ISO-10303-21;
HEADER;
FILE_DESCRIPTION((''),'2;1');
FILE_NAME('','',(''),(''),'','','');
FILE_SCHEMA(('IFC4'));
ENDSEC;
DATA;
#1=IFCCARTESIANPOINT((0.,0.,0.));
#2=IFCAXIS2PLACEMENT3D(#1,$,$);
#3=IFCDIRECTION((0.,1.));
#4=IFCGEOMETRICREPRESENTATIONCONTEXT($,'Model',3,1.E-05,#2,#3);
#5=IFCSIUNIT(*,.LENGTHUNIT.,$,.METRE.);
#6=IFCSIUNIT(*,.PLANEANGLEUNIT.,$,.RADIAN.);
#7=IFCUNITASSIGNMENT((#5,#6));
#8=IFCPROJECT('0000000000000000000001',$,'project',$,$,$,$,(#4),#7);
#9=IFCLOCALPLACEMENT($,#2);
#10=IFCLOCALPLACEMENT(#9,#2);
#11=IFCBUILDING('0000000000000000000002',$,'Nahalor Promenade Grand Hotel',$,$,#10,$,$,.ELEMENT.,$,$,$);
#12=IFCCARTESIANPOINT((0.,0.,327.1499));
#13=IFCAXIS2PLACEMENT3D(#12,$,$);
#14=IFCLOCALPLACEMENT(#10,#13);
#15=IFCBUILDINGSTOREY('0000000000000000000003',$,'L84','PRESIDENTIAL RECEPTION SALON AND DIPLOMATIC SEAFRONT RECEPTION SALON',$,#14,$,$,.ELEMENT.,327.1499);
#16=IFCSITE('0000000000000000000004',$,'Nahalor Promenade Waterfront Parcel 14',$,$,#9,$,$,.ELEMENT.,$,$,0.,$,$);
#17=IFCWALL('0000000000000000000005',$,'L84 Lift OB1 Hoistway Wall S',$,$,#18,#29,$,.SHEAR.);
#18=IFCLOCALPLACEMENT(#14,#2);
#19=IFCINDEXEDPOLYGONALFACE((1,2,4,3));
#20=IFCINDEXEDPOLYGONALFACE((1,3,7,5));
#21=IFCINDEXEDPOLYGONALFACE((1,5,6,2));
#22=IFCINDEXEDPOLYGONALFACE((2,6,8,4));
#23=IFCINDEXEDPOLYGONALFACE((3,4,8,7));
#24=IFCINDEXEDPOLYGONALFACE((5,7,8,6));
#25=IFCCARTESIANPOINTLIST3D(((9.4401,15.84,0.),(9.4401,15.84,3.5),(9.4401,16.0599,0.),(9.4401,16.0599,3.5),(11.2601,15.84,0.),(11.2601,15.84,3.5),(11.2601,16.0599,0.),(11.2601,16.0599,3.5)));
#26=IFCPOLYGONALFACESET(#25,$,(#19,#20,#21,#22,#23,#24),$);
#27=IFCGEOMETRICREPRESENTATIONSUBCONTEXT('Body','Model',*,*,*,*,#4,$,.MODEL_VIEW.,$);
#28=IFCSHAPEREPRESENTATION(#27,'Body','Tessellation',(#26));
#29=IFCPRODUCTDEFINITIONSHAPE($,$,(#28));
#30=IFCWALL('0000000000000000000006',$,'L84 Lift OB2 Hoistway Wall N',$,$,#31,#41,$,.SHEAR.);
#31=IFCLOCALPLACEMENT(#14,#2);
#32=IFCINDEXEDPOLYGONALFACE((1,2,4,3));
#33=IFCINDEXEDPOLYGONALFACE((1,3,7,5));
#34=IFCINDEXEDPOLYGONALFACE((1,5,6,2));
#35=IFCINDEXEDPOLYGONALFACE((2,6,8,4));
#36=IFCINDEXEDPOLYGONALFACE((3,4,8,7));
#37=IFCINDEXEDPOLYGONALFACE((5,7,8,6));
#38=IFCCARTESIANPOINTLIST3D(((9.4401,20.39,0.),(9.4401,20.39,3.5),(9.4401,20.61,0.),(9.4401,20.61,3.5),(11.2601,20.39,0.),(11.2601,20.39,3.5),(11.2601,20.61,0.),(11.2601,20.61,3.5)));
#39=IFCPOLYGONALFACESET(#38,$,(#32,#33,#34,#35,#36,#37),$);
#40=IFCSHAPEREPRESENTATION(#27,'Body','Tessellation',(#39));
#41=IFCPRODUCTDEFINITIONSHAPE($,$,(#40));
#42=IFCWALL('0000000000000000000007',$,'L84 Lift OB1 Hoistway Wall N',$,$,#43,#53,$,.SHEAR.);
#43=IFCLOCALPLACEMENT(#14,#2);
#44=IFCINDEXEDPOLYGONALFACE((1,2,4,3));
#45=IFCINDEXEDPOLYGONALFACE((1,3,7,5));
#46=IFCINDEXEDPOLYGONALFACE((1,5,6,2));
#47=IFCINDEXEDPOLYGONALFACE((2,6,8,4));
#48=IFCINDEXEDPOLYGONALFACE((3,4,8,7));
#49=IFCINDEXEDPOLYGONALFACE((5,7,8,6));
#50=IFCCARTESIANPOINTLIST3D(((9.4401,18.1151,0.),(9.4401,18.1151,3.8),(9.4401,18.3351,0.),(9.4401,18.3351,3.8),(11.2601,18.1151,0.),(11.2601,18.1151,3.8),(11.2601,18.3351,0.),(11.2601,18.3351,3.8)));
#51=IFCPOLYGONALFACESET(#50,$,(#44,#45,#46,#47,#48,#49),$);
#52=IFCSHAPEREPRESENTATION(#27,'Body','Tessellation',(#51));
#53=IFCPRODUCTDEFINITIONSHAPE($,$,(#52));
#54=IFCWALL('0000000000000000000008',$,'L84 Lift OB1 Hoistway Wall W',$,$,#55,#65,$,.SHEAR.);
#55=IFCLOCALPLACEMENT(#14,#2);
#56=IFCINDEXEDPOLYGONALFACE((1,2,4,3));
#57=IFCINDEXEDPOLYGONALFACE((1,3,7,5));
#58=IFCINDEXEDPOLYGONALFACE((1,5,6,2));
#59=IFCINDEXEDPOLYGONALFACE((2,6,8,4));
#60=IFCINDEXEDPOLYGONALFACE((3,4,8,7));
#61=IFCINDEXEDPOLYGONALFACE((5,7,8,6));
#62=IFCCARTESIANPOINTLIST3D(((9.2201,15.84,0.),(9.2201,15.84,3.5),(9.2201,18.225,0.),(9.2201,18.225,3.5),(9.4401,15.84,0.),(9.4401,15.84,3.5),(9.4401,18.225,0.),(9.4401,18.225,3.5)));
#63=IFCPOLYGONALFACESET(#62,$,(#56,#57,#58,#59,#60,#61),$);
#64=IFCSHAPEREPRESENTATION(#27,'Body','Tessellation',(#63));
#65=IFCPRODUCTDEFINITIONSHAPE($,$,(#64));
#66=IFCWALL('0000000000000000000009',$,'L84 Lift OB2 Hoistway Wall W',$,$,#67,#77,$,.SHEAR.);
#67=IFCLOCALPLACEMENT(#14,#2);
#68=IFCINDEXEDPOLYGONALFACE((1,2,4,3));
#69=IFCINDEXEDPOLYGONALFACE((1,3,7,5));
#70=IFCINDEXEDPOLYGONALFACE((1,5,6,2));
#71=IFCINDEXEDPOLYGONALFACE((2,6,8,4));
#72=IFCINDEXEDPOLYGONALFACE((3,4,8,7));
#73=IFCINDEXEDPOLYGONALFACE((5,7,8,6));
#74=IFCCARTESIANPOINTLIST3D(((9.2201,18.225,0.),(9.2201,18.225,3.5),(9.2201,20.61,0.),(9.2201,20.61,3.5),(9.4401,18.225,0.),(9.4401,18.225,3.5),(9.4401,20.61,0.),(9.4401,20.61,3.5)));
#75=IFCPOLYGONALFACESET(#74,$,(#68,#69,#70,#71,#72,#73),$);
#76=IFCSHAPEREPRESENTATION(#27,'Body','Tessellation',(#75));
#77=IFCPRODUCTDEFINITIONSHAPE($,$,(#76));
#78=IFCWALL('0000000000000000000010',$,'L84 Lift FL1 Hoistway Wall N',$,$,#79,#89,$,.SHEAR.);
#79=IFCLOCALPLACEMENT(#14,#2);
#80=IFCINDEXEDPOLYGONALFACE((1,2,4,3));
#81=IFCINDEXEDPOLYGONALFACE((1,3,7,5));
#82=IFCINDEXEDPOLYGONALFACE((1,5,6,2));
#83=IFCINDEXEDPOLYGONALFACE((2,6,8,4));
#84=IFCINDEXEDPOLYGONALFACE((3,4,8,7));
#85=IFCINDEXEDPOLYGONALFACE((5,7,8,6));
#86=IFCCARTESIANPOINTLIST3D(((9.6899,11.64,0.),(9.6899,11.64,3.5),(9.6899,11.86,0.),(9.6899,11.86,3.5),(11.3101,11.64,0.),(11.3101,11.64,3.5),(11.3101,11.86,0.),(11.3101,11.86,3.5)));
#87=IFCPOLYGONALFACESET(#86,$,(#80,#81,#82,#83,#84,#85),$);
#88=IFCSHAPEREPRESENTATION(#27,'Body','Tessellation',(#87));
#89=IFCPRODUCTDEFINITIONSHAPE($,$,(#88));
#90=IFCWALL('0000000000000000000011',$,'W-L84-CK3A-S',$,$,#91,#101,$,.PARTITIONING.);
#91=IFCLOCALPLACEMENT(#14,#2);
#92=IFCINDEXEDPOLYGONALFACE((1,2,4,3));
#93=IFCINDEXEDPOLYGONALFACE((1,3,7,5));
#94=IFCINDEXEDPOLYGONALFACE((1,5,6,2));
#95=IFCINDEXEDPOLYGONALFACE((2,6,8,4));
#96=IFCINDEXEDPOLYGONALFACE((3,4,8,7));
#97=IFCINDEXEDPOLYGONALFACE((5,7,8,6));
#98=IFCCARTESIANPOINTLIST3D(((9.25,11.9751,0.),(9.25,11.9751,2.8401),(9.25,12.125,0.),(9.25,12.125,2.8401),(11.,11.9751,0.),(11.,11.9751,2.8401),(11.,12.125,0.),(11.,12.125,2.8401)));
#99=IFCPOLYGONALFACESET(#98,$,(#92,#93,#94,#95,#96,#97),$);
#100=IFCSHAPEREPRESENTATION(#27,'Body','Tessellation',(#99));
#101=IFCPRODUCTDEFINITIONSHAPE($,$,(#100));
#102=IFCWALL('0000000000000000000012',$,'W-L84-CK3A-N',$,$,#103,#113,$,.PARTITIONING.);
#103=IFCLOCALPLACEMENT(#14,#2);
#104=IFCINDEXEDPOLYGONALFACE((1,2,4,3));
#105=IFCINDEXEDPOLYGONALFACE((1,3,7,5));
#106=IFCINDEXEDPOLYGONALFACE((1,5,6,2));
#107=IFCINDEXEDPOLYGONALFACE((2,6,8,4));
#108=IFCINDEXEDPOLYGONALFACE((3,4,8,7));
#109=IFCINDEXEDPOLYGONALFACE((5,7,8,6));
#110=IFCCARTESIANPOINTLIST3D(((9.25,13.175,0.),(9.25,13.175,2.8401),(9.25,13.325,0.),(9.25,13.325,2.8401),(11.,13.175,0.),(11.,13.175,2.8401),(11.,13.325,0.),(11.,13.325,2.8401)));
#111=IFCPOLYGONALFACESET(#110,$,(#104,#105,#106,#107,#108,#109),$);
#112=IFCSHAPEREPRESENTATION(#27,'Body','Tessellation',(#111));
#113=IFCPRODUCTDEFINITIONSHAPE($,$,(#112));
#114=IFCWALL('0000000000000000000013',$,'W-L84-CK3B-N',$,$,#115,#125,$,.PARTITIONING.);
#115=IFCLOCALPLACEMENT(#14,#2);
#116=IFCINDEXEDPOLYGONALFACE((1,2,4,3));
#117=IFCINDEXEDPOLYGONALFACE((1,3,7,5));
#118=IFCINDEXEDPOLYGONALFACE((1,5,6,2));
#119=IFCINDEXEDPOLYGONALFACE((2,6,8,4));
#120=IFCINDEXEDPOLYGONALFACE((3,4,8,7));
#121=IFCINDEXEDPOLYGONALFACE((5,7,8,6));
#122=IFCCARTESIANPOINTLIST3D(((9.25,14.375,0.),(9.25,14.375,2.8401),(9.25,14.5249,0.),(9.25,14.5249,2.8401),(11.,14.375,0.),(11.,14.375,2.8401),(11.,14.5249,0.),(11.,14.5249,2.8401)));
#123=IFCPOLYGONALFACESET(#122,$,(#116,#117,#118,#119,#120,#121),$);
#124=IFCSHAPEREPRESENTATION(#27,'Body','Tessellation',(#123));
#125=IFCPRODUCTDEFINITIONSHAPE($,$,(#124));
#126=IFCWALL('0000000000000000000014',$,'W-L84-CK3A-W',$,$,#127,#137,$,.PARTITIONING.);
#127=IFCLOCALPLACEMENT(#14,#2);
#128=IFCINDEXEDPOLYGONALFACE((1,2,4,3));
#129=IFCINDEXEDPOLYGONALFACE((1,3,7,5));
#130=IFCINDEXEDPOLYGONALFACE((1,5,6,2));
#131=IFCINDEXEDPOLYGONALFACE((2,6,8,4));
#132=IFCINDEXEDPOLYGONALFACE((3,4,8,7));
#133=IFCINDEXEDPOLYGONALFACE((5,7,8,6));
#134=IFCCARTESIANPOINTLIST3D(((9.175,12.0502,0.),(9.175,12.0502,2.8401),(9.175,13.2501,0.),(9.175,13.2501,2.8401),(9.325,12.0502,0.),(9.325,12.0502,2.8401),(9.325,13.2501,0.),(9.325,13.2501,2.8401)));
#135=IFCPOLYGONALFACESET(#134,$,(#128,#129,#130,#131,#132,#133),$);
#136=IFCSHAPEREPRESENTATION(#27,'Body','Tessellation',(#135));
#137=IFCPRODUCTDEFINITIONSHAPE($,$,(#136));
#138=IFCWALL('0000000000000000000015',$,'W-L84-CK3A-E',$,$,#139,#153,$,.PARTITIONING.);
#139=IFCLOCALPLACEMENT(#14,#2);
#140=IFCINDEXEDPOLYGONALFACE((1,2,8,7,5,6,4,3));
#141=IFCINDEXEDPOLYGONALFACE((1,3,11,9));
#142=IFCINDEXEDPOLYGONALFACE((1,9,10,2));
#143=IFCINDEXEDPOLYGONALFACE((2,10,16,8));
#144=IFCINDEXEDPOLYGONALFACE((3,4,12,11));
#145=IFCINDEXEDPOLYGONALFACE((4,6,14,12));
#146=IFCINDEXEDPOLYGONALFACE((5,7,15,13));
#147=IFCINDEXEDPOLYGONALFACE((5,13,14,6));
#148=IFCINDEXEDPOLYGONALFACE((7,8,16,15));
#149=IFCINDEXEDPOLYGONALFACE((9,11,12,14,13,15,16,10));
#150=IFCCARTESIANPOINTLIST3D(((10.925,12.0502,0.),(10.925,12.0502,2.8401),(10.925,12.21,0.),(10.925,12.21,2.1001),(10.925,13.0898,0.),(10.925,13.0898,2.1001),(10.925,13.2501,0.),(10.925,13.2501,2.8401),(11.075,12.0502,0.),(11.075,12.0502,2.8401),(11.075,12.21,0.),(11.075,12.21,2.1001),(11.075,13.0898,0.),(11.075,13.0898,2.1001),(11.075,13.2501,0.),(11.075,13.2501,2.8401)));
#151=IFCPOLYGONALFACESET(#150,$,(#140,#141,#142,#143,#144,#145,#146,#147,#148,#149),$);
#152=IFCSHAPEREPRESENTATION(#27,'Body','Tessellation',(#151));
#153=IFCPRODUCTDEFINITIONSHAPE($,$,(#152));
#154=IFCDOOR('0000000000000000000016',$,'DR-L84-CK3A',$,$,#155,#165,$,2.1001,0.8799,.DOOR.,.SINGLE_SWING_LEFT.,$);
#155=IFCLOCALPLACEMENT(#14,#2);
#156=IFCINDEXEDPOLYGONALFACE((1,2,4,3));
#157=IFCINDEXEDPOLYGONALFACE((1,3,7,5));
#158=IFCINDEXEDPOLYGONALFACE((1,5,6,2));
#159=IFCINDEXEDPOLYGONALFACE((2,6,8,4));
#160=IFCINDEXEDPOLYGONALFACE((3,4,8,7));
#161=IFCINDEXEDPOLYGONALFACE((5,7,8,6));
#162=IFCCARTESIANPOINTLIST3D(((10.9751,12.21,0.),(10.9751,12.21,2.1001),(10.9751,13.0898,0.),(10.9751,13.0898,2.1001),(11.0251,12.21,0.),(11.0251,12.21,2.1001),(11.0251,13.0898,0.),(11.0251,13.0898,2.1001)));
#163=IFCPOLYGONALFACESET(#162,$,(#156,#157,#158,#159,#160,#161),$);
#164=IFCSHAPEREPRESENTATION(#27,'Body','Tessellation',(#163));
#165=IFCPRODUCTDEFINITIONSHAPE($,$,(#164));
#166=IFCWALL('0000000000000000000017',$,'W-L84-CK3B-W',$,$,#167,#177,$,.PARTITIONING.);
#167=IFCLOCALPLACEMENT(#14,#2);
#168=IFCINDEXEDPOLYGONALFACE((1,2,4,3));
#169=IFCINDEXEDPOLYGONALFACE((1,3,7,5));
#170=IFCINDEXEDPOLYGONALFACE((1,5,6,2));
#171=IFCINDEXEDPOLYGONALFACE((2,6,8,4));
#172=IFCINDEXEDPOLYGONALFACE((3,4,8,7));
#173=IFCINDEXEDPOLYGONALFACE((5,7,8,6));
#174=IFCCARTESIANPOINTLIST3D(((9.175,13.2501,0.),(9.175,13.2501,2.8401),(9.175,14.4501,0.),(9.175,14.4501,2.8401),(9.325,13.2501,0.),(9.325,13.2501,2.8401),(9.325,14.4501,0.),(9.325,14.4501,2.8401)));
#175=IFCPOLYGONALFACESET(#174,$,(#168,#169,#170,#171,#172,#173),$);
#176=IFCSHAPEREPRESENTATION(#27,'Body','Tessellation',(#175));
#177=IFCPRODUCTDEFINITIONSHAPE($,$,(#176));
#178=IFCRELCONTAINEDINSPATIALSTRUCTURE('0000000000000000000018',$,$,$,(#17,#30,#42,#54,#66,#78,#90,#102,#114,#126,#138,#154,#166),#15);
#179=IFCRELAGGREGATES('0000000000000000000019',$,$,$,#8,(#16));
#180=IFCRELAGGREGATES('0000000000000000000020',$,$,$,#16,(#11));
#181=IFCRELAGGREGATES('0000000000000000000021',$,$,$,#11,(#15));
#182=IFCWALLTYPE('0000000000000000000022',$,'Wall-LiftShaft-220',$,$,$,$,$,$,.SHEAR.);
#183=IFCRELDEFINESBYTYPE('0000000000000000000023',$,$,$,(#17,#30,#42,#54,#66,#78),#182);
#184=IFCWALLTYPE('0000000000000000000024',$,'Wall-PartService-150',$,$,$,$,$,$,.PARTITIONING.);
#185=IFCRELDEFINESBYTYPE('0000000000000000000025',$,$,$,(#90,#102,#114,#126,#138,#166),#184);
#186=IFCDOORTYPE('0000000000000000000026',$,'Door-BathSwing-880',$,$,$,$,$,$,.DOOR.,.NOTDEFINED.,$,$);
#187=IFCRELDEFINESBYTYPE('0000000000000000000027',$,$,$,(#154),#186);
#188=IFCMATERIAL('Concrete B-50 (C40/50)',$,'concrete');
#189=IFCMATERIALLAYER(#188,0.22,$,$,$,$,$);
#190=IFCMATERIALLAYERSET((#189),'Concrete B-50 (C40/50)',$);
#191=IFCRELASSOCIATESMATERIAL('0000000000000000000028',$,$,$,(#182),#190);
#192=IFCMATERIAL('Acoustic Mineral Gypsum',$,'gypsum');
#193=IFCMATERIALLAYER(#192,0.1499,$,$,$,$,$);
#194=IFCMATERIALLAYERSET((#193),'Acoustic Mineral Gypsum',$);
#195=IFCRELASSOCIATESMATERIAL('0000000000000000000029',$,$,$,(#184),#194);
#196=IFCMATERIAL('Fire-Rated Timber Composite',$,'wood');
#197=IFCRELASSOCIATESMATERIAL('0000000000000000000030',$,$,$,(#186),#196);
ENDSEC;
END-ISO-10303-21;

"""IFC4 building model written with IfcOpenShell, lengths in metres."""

from ifc_helpers import new_model, si_unit, direction, frame, frame_2d, origin, place, context, subcontext, project, spatial, rectangle, extrude, source, transform, mapped, material, layer, layer_set, type_object, element, fill, save


model = new_model("IFC4")

# Units and contexts
model_context = context("Model", 3, precision=1e-05, world=origin(), true_north=direction((0.0, 1.0)))
body_context = subcontext(model_context, "Body", "Model", "MODEL_VIEW")
ifc_project = project(units=[si_unit("LENGTHUNIT", "METRE"), si_unit("PLANEANGLEUNIT", "RADIAN")], contexts=[model_context])

# Site, building, storey
site_placement = place(None, origin())
site = spatial("IfcSite", under=ifc_project, at=site_placement, Name="Nahalor Promenade Waterfront Parcel 14", CompositionType="ELEMENT", RefElevation=0.0)
building_placement = place(site_placement, origin())
building = spatial("IfcBuilding", under=site, at=building_placement, Name="Nahalor Promenade Grand Hotel", CompositionType="ELEMENT")
storey_placement = place(building_placement, frame((0.0, 0.0, 327.1499)))
storey = spatial("IfcBuildingStorey", under=building, at=storey_placement, Name="L84", Description="PRESIDENTIAL RECEPTION SALON AND DIPLOMATIC SEAFRONT RECEPTION SALON", CompositionType="ELEMENT", Elevation=327.1499)

# Shared definitions
ifc_material_1 = material(Name="Concrete B-50 (C40/50)", Category="concrete")

# Walls
ifc_layer_1 = layer(ifc_material_1, 0.22)
ifc_layer_set_1 = layer_set([ifc_layer_1], Name="Concrete B-50 (C40/50)")
wall_type_1 = type_object("IfcWallType", Name="Wall-LiftShaft-220", PredefinedType="SHEAR", material=ifc_layer_set_1)
shared_shape_1 = source(origin(), body_context, "Body", "SweptSolid", [
    extrude(rectangle(XDim=1.8201, YDim=0.22, at=frame_2d((0.9102, 0.0))), origin(), (0.0, 0.0, 1.0), 3.5),
])
for number, where, z_axis, x_axis, name in (
    (1, (9.4399, 15.95, 0.0), (0.0, 0.0, 1.0), (1.0, 0.0, 0.0), "L84 Lift OB1 Hoistway Wall S"),
    (2, (9.4399, 20.5, 0.0), (0.0, 0.0, 1.0), (1.0, 0.0, 0.0), "L84 Lift OB2 Hoistway Wall N"),
):
    element("IfcWall", number, at=place(storey_placement, frame(where, z_axis=z_axis, x_axis=x_axis)), inside=storey, type_object=wall_type_1, Name=name, PredefinedType="SHEAR", context=body_context, shape_type="MappedRepresentation", body=[
        mapped(shared_shape_1, transform((0.0, 0.0, 0.0), scale=1.0)),
    ])
shared_shape_2 = source(origin(), body_context, "Body", "SweptSolid", [
    extrude(rectangle(XDim=1.8201, YDim=0.22, at=frame_2d((0.9102, 0.0))), origin(), (0.0, 0.0, 1.0), 3.8),
])
wall_1_placement = place(storey_placement, frame((9.4399, 18.2251, 0.0), z_axis=(0.0, 0.0, 1.0), x_axis=(1.0, 0.0, 0.0)))
element("IfcWall", 3, at=wall_1_placement, inside=storey, type_object=wall_type_1, Name="L84 Lift OB1 Hoistway Wall N", PredefinedType="SHEAR", context=body_context, shape_type="MappedRepresentation", body=[
    mapped(shared_shape_2, transform((0.0, 0.0, 0.0), scale=1.0)),
])
shared_shape_3 = source(origin(), body_context, "Body", "SweptSolid", [
    extrude(rectangle(XDim=2.385, YDim=0.22, at=frame_2d((1.1924, 0.0))), origin(), (0.0, 0.0, 1.0), 3.5),
])
for number, where, z_axis, x_axis, name in (
    (4, (9.3301, 15.8401, 0.0), (0.0, 0.0, 1.0), (0.0, 1.0, 0.0), "L84 Lift OB1 Hoistway Wall W"),
    (5, (9.3301, 18.2251, 0.0), (0.0, 0.0, 1.0), (0.0, 1.0, 0.0), "L84 Lift OB2 Hoistway Wall W"),
):
    element("IfcWall", number, at=place(storey_placement, frame(where, z_axis=z_axis, x_axis=x_axis)), inside=storey, type_object=wall_type_1, Name=name, PredefinedType="SHEAR", context=body_context, shape_type="MappedRepresentation", body=[
        mapped(shared_shape_3, transform((0.0, 0.0, 0.0), scale=1.0)),
    ])
shared_shape_4 = source(origin(), body_context, "Body", "SweptSolid", [
    extrude(rectangle(XDim=1.6201, YDim=0.22, at=frame_2d((0.8101, 0.0))), origin(), (0.0, 0.0, 1.0), 3.5),
])
wall_2_placement = place(storey_placement, frame((9.6899, 11.75, 0.0), z_axis=(0.0, 0.0, 1.0), x_axis=(1.0, 0.0, 0.0)))
element("IfcWall", 6, at=wall_2_placement, inside=storey, type_object=wall_type_1, Name="L84 Lift FL1 Hoistway Wall N", PredefinedType="SHEAR", context=body_context, shape_type="MappedRepresentation", body=[
    mapped(shared_shape_4, transform((0.0, 0.0, 0.0), scale=1.0)),
])
ifc_material_2 = material(Name="Acoustic Mineral Gypsum", Category="gypsum")
ifc_layer_2 = layer(ifc_material_2, 0.1499)
ifc_layer_set_2 = layer_set([ifc_layer_2], Name="Acoustic Mineral Gypsum")
wall_type_2 = type_object("IfcWallType", Name="Wall-PartService-150", PredefinedType="PARTITIONING", material=ifc_layer_set_2)
shared_shape_5 = source(origin(), body_context, "Body", "SweptSolid", [
    extrude(rectangle(XDim=1.75, YDim=0.1499, at=frame_2d((0.875, 0.0))), origin(), (0.0, 0.0, 1.0), 2.8401),
])
for number, where, z_axis, x_axis, name in (
    (7, (9.25, 12.05, 0.0), (0.0, 0.0, 1.0), (1.0, 0.0, 0.0), "W-L84-CK3A-S"),
    (8, (9.25, 13.25, 0.0), (0.0, 0.0, 1.0), (1.0, 0.0, 0.0), "W-L84-CK3A-N"),
    (9, (9.25, 14.45, 0.0), (0.0, 0.0, 1.0), (1.0, 0.0, 0.0), "W-L84-CK3B-N"),
):
    element("IfcWall", number, at=place(storey_placement, frame(where, z_axis=z_axis, x_axis=x_axis)), inside=storey, type_object=wall_type_2, Name=name, PredefinedType="PARTITIONING", context=body_context, shape_type="MappedRepresentation", body=[
        mapped(shared_shape_5, transform((0.0, 0.0, 0.0), scale=1.0)),
    ])
shared_shape_6 = source(origin(), body_context, "Body", "SweptSolid", [
    extrude(rectangle(XDim=1.2, YDim=0.1499, at=frame_2d((0.6001, 0.0))), origin(), (0.0, 0.0, 1.0), 2.8401),
])
wall_3_placement = place(storey_placement, frame((9.25, 12.05, 0.0), z_axis=(0.0, 0.0, 1.0), x_axis=(0.0, 1.0, 0.0)))
element("IfcWall", 10, at=wall_3_placement, inside=storey, type_object=wall_type_2, Name="W-L84-CK3A-W", PredefinedType="PARTITIONING", context=body_context, shape_type="MappedRepresentation", body=[
    mapped(shared_shape_6, transform((0.0, 0.0, 0.0), scale=1.0)),
])

# Wall, opening, door
wall_4_placement = place(storey_placement, frame((11.0, 12.05, 0.0), z_axis=(0.0, 0.0, 1.0), x_axis=(0.0, 1.0, 0.0)))
wall_4 = element("IfcWall", 11, at=wall_4_placement, inside=storey, type_object=wall_type_2, Name="W-L84-CK3A-E", PredefinedType="PARTITIONING", context=body_context, shape_type="MappedRepresentation", body=[
    mapped(shared_shape_6, transform((0.0, 0.0, 0.0), scale=1.0)),
])
opening_1_placement = place(wall_4_placement, frame((0.1599, 0.0, 0.0)))
opening_1 = element("IfcOpeningElement", 12, at=opening_1_placement, cuts=wall_4, PredefinedType="OPENING", context=body_context, shape_type="SweptSolid", body=[
    extrude(rectangle(XDim=0.8799, YDim=2.1001, at=frame_2d((0.4399, 1.05))), frame((0.0, 0.085, 0.0), z_axis=(0.0, -1.0, 0.0), x_axis=(1.0, 0.0, 0.0)), (0.0, 0.0, 1.0), 0.1699),
])
ifc_material_3 = material(Name="Fire-Rated Timber Composite", Category="wood")
door_type = type_object("IfcDoorType", Name="Door-BathSwing-880", OperationType="NOTDEFINED", PredefinedType="DOOR", material=ifc_material_3)
shared_shape_7 = source(origin(), body_context, "Body", "SweptSolid", [
    extrude(rectangle(XDim=0.8799, YDim=2.1001, at=frame_2d((0.4399, 1.05))), frame((0.0, 0.0249, 0.0), z_axis=(0.0, -1.0, 0.0), x_axis=(1.0, 0.0, 0.0)), (0.0, 0.0, 1.0), 0.05),
])
door_1_placement = place(opening_1_placement, origin())
door_1 = element("IfcDoor", 13, at=door_1_placement, inside=storey, type_object=door_type, Name="DR-L84-CK3A", OperationType="SINGLE_SWING_LEFT", OverallHeight=2.1001, OverallWidth=0.8799, PredefinedType="DOOR", context=body_context, shape_type="MappedRepresentation", body=[
    mapped(shared_shape_7, transform((0.0, 0.0, 0.0), scale=1.0)),
])
fill(opening_1, door_1)

# Wall
wall_5_placement = place(storey_placement, frame((9.25, 13.25, 0.0), z_axis=(0.0, 0.0, 1.0), x_axis=(0.0, 1.0, 0.0)))
element("IfcWall", 14, at=wall_5_placement, inside=storey, type_object=wall_type_2, Name="W-L84-CK3B-W", PredefinedType="PARTITIONING", context=body_context, shape_type="MappedRepresentation", body=[
    mapped(shared_shape_6, transform((0.0, 0.0, 0.0), scale=1.0)),
])

save(model, "model.ifc")
